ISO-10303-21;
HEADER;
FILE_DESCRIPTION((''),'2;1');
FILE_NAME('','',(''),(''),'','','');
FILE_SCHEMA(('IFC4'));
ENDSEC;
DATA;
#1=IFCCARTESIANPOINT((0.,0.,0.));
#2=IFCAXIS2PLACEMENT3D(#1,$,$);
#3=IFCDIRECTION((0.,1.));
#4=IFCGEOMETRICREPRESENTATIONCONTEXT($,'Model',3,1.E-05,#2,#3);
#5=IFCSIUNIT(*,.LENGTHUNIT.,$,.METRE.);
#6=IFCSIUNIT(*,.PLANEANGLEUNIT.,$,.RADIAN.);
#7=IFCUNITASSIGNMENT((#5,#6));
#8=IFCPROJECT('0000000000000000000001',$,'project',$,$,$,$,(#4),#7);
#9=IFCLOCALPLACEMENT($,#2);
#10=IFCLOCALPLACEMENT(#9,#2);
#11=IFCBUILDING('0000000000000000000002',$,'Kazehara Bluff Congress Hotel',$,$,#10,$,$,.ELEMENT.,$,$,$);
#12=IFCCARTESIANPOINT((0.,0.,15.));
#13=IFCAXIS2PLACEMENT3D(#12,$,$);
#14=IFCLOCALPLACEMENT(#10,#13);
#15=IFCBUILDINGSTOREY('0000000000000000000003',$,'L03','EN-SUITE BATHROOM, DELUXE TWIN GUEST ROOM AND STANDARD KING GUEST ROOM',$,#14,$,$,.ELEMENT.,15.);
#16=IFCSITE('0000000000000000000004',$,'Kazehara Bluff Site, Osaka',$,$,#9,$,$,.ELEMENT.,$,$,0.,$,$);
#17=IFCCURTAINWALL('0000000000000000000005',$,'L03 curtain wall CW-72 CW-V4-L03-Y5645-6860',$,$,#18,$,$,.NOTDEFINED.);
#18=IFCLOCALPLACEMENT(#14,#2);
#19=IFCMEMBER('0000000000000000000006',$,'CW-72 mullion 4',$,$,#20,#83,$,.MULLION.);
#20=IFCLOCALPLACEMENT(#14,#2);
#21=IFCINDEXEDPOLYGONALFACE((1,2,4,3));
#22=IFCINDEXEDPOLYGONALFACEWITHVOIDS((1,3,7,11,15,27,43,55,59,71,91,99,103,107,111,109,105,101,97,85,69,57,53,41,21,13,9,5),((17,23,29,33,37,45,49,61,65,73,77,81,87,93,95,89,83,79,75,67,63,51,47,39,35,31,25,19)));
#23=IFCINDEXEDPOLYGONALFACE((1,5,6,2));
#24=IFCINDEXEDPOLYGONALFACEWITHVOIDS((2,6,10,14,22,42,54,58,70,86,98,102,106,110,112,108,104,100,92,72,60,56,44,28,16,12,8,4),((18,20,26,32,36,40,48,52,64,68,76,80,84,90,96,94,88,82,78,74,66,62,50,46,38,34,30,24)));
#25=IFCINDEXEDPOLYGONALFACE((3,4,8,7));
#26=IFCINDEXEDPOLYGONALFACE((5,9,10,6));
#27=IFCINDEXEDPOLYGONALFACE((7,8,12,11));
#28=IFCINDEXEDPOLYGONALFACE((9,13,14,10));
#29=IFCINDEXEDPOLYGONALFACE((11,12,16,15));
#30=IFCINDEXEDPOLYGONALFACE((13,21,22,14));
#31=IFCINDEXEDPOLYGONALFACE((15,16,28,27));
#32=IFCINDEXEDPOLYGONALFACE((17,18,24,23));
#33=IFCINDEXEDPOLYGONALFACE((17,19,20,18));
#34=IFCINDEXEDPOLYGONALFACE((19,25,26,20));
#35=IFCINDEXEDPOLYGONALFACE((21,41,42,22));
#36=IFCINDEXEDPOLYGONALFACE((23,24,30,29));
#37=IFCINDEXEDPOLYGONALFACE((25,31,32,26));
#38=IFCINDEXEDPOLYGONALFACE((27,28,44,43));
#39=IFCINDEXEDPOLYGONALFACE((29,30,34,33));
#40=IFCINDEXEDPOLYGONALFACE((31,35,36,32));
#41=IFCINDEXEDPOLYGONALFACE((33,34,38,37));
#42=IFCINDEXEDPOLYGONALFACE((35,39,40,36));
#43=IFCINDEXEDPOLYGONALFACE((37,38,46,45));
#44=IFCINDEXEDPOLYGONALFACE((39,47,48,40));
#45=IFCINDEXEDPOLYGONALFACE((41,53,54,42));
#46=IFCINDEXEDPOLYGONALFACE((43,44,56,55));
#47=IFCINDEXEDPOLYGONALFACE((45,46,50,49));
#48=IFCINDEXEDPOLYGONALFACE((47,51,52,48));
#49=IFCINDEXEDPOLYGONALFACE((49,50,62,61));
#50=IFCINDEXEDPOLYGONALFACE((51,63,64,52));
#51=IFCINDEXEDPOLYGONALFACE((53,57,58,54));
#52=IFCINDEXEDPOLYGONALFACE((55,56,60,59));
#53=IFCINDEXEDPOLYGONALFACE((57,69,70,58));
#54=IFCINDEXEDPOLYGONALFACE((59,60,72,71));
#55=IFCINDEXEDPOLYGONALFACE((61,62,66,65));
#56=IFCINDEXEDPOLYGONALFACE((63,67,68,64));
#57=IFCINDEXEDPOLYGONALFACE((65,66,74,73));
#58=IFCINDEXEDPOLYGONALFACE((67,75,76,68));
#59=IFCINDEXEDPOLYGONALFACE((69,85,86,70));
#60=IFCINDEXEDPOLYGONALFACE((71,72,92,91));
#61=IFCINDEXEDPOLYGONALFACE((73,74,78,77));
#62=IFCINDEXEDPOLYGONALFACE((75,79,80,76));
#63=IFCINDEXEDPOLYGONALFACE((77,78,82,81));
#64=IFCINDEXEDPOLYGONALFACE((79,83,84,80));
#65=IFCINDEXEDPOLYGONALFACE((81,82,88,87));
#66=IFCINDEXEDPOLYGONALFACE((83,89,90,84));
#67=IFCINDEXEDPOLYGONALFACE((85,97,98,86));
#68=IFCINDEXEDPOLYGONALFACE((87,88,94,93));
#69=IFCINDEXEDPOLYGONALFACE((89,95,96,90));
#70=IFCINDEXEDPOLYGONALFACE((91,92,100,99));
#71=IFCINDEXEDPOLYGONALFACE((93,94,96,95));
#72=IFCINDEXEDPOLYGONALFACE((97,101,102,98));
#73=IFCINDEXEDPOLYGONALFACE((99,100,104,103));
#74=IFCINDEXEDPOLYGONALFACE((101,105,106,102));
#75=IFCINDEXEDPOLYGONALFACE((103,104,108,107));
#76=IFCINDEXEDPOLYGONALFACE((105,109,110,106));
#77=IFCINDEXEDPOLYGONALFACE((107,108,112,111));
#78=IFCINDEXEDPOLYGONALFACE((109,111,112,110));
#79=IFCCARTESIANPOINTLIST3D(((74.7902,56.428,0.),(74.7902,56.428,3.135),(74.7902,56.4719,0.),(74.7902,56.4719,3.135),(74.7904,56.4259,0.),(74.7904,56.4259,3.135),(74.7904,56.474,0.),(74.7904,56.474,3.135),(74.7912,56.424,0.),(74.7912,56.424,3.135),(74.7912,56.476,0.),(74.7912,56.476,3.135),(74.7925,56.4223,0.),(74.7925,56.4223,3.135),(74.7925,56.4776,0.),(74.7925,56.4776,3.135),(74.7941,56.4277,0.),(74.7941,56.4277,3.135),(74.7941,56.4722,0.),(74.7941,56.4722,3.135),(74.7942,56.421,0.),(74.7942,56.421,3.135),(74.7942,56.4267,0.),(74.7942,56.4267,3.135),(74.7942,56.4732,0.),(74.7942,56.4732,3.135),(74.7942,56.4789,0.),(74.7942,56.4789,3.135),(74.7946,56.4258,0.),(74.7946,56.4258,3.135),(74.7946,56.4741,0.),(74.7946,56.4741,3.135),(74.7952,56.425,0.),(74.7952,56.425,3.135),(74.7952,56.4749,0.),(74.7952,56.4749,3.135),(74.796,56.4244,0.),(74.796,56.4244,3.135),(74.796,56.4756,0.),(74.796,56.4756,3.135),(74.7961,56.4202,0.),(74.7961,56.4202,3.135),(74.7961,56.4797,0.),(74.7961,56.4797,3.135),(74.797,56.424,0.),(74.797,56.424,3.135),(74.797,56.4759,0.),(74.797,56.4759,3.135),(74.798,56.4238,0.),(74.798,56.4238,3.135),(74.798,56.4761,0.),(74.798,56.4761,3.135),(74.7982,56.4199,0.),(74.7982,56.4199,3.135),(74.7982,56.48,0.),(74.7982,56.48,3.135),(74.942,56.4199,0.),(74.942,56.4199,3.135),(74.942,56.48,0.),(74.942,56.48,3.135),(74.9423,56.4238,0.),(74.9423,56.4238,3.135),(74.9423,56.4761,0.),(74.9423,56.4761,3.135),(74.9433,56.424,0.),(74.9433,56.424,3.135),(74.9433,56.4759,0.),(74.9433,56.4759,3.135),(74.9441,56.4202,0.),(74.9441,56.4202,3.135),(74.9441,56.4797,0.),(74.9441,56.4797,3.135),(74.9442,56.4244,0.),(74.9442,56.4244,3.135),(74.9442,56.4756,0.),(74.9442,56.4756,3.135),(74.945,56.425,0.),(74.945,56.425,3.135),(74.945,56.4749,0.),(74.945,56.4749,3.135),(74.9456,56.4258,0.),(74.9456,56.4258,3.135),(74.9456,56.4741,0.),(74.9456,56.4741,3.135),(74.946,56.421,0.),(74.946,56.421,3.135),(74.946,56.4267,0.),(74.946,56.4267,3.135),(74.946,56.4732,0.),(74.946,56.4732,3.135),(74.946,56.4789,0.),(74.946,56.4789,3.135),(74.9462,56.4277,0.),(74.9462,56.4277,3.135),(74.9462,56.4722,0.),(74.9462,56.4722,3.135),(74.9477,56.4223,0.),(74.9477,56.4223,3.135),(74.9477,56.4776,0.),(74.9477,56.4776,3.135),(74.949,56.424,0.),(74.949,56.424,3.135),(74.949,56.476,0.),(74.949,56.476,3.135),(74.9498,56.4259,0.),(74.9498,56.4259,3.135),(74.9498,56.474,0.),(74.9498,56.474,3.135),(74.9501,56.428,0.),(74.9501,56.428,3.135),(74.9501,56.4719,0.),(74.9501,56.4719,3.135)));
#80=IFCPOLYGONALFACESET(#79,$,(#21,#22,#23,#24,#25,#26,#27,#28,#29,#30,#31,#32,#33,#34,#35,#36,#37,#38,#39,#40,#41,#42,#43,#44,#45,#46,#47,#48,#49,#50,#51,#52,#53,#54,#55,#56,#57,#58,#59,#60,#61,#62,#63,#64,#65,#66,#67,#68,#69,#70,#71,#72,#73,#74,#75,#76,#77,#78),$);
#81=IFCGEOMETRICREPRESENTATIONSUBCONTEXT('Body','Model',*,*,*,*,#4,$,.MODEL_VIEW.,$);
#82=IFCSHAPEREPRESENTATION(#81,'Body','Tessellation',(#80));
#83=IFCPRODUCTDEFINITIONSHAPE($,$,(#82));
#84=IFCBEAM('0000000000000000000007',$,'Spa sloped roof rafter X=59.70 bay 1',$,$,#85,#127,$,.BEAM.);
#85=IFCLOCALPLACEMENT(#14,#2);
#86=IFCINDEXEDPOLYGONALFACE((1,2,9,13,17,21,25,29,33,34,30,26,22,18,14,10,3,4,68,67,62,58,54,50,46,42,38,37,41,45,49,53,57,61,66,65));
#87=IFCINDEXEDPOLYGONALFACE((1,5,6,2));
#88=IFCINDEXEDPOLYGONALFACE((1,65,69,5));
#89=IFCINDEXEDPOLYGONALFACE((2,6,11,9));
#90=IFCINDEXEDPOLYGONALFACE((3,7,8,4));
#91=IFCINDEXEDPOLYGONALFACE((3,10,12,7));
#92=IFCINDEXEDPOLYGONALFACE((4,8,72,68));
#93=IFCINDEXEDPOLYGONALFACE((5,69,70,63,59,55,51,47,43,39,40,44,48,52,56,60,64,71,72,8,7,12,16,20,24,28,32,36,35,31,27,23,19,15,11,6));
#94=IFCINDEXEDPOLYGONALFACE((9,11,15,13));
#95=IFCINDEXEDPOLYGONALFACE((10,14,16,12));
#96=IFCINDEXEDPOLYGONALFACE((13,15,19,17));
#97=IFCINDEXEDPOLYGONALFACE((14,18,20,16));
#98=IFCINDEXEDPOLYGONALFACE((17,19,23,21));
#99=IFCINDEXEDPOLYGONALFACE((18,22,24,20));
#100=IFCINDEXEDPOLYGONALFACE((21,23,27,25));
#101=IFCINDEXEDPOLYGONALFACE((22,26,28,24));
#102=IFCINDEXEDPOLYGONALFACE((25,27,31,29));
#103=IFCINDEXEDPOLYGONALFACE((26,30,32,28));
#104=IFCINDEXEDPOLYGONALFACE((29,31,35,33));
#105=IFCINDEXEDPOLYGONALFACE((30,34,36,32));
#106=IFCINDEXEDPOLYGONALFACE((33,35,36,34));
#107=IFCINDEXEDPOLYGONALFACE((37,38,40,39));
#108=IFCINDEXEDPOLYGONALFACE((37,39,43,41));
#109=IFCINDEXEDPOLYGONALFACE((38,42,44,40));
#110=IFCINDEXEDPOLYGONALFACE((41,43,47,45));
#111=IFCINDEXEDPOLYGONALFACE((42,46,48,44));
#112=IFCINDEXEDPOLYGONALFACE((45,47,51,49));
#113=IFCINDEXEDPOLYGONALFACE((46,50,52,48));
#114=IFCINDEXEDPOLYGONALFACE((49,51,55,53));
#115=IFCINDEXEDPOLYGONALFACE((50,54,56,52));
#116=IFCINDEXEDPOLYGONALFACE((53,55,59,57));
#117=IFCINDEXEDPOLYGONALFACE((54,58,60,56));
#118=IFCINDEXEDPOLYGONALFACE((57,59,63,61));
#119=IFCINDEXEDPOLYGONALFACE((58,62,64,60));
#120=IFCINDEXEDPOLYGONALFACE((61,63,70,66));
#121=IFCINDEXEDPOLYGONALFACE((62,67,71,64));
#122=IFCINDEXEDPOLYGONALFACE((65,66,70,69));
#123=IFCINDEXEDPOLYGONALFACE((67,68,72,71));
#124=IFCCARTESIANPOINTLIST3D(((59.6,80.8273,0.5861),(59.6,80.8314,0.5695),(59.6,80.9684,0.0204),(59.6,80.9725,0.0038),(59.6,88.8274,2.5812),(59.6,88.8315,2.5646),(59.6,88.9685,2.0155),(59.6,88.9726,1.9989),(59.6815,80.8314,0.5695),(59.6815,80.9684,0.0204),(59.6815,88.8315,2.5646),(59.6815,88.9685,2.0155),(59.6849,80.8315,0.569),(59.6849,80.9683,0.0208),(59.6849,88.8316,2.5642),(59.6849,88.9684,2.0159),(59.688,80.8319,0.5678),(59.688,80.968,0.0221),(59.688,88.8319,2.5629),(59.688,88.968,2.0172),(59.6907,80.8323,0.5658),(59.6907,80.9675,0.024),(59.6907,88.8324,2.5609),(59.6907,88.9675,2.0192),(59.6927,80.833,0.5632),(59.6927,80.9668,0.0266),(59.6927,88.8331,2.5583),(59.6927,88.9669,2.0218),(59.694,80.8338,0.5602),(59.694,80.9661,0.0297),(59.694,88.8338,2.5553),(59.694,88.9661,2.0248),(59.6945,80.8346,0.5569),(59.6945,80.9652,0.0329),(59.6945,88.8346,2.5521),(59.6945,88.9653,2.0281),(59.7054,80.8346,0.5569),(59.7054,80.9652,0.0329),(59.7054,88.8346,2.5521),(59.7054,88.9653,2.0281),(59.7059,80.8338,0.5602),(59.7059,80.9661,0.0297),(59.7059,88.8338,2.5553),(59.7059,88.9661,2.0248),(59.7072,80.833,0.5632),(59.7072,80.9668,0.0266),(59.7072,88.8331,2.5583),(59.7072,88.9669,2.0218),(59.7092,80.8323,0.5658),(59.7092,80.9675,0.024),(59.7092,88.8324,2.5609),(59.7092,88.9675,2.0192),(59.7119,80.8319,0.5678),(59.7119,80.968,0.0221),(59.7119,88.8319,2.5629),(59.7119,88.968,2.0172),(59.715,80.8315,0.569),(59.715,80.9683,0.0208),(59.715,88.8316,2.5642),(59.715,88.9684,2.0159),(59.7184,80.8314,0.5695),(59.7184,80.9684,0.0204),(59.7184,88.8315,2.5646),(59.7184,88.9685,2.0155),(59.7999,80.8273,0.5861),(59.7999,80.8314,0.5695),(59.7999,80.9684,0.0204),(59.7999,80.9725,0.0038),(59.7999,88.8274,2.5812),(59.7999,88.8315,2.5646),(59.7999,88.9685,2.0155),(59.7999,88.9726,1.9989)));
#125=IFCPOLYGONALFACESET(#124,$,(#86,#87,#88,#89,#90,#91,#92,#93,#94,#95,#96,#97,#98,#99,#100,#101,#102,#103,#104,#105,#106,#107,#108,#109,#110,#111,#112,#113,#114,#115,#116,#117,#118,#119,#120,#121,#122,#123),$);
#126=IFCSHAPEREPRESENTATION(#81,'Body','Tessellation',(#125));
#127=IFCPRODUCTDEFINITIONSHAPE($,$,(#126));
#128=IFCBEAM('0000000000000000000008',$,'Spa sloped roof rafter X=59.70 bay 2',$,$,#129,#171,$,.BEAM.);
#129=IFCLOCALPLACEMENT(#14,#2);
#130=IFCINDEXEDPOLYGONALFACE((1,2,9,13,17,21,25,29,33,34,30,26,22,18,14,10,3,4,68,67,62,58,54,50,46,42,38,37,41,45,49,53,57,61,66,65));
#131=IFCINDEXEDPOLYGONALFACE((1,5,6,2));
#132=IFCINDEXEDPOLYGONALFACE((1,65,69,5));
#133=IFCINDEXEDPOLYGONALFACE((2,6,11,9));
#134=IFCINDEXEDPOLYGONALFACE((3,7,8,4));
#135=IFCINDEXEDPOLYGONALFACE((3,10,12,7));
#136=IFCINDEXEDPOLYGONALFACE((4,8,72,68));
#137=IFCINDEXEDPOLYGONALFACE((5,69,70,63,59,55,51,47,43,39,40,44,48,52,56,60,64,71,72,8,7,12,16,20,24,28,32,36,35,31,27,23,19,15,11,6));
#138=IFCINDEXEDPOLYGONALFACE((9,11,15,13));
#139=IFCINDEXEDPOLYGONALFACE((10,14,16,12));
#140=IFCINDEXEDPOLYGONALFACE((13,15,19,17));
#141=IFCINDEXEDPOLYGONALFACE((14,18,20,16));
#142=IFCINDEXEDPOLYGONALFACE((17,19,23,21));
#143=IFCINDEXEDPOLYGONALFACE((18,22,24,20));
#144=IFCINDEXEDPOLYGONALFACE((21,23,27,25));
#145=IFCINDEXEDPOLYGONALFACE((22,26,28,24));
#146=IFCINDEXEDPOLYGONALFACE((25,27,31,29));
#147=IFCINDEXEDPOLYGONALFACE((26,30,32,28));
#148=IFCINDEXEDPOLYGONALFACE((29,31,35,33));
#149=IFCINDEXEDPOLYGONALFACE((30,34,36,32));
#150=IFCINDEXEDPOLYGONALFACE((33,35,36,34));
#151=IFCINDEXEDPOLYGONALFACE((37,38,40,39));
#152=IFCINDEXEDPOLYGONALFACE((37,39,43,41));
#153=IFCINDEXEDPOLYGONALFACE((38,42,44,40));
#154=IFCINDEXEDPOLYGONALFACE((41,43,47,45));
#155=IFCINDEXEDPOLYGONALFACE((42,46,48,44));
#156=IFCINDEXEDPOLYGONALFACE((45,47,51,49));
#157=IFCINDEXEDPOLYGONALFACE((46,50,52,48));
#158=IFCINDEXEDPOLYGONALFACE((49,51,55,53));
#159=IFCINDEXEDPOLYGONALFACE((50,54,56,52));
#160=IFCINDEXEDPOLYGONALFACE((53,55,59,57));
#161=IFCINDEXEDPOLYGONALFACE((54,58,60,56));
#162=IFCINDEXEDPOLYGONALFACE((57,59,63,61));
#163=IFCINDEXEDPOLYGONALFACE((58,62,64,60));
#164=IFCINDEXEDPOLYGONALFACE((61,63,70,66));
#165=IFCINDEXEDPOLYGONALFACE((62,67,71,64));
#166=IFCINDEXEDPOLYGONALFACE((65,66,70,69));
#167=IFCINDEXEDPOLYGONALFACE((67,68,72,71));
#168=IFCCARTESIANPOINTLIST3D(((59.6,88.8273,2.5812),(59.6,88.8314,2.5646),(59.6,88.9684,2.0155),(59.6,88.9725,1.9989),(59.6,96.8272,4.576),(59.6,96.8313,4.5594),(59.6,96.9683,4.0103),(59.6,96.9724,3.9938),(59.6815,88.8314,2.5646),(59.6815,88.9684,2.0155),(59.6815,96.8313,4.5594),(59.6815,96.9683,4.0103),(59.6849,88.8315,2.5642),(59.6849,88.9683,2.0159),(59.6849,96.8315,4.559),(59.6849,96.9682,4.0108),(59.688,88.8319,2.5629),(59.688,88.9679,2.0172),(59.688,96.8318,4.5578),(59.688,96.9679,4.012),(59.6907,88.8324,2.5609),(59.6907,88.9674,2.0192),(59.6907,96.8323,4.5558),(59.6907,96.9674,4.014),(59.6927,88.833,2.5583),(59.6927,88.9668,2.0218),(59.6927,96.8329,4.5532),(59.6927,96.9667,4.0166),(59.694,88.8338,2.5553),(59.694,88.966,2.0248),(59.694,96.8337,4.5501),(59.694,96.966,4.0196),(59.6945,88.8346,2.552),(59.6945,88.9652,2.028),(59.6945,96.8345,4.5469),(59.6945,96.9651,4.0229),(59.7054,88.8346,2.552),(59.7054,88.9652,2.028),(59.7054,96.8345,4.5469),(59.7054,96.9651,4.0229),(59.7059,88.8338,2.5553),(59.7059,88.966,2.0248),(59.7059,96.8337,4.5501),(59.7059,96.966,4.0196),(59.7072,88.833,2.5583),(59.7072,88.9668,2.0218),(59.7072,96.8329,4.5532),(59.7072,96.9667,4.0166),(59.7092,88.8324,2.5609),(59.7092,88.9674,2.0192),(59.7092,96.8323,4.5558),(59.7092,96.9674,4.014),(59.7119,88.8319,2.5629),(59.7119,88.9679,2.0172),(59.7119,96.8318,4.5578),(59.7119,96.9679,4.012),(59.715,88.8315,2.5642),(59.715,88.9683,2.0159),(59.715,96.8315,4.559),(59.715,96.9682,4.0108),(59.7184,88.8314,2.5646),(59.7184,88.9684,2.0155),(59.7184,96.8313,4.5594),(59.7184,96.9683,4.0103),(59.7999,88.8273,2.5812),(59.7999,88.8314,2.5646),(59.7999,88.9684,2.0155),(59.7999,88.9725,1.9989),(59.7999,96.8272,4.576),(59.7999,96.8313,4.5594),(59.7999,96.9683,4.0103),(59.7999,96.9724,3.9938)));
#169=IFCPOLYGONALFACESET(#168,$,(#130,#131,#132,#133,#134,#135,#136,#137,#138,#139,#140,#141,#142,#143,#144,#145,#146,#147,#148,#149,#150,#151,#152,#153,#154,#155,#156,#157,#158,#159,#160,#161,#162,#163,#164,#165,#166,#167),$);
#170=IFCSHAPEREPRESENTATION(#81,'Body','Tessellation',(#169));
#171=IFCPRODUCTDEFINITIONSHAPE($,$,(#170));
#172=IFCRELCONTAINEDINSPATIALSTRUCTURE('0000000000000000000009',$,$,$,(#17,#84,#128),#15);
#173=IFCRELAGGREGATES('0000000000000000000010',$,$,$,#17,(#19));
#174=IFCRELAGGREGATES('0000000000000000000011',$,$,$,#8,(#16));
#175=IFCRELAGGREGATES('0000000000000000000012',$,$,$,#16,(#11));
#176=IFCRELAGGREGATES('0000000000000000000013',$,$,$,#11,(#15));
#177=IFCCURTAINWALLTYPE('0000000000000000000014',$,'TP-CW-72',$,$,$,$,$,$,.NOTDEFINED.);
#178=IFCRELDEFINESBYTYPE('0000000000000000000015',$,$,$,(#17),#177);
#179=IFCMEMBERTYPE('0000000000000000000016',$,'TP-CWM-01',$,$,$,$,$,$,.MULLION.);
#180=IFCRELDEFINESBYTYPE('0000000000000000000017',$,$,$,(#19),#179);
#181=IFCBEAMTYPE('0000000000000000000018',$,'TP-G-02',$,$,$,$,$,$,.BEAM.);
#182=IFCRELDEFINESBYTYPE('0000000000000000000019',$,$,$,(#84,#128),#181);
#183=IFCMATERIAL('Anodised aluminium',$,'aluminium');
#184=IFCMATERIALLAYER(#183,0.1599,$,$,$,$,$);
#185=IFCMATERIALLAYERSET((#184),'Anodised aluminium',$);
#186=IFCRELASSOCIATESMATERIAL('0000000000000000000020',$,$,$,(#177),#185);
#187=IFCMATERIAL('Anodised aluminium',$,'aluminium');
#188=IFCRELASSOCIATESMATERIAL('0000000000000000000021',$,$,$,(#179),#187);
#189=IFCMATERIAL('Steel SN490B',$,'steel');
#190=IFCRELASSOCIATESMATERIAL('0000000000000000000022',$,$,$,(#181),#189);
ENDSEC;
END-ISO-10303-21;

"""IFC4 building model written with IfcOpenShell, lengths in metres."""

from ifc_helpers import new_model, si_unit, direction, frame, origin, origin_2d, place, context, subcontext, project, spatial, hollow_rectangle, i_section, extrude, material, layer, layer_set, material_profile, profile_set, type_object, element, aggregate, save


model = new_model("IFC4")

# Units and contexts
model_context = context("Model", 3, precision=1e-05, world=origin(), true_north=direction((0.0, 1.0)))
body_context = subcontext(model_context, "Body", "Model", "MODEL_VIEW")
ifc_project = project(units=[si_unit("LENGTHUNIT", "METRE"), si_unit("PLANEANGLEUNIT", "RADIAN")], contexts=[model_context])

# Site, building, storey
site_placement = place(None, origin())
site = spatial("IfcSite", under=ifc_project, at=site_placement, Name="Kazehara Bluff Site, Osaka", CompositionType="ELEMENT", RefElevation=0.0)
building_placement = place(site_placement, origin())
building = spatial("IfcBuilding", under=site, at=building_placement, Name="Kazehara Bluff Congress Hotel", CompositionType="ELEMENT")
storey_placement = place(building_placement, frame((0.0, 0.0, 15.0)))
storey = spatial("IfcBuildingStorey", under=building, at=storey_placement, Name="L03", Description="EN-SUITE BATHROOM, DELUXE TWIN GUEST ROOM AND STANDARD KING GUEST ROOM", CompositionType="ELEMENT", Elevation=15.0)

# Curtain wall, member
ifc_material_1 = material(Name="Anodised aluminium", Category="aluminium")
ifc_layer_1 = layer(ifc_material_1, 0.1599)
ifc_layer_set_1 = layer_set([ifc_layer_1], Name="Anodised aluminium")
curtain_wall_type = type_object("IfcCurtainWallType", Name="TP-CW-72", PredefinedType="NOTDEFINED", material=ifc_layer_set_1)
curtain_wall_placement = place(storey_placement, origin())
curtain_wall = element("IfcCurtainWall", 1, at=curtain_wall_placement, inside=storey, type_object=curtain_wall_type, Name="L03 curtain wall CW-72 CW-V4-L03-Y5645-6860", PredefinedType="NOTDEFINED")
ifc_material_2 = material(Name="Anodised aluminium", Category="aluminium")
ifc_material_profile_1 = material_profile(ifc_material_2, hollow_rectangle(XDim=0.0601, YDim=0.1599, WallThickness=0.0039, InnerFilletRadius=0.0039, OuterFilletRadius=0.0081, at=origin_2d()))
ifc_profile_set_1 = profile_set([ifc_material_profile_1], Name="Anodised aluminium")
member_type = type_object("IfcMemberType", Name="TP-CWM-01", PredefinedType="MULLION", material=ifc_profile_set_1)
member_placement = place(storey_placement, frame((74.8701, 56.45, 0.0), z_axis=(0.0, 0.0, 1.0), x_axis=(0.0, 1.0, 0.0)))
member = element("IfcMember", 2, at=member_placement, type_object=member_type, Name="CW-72 mullion 4", PredefinedType="MULLION", context=body_context, shape_type="SweptSolid", body=[
    extrude(hollow_rectangle(XDim=0.0601, YDim=0.1599, WallThickness=0.0039, InnerFilletRadius=0.0039, OuterFilletRadius=0.0081, at=origin_2d()), origin(), (0.0, 0.0, 1.0), 3.135),
])

# Beams
ifc_material_3 = material(Name="Steel SN490B", Category="steel")
ifc_material_profile_2 = material_profile(ifc_material_3, i_section(OverallWidth=0.2, OverallDepth=0.6001, WebThickness=0.011, FlangeThickness=0.0171, FilletRadius=0.0129, at=origin_2d()))
ifc_profile_set_2 = profile_set([ifc_material_profile_2], Name="Steel SN490B")
beam_type_1 = type_object("IfcBeamType", Name="TP-G-02", PredefinedType="BEAM", material=ifc_profile_set_2)
beam_1_placement = place(storey_placement, frame((59.7, 80.8999, 0.2949), z_axis=(0.0, 0.970282, 0.241978), x_axis=(-1.0, 0.0, 0.0)))
element("IfcBeam", 3, at=beam_1_placement, inside=storey, type_object=beam_type_1, Name="Spa sloped roof rafter X=59.70 bay 1", PredefinedType="BEAM", context=body_context, shape_type="SweptSolid", body=[
    extrude(i_section(OverallWidth=0.2, OverallDepth=0.6001, WebThickness=0.011, FlangeThickness=0.0171, FilletRadius=0.0129, at=origin_2d()), origin(), (0.0, 0.0, 1.0), 8.2451),
])
beam_2_placement = place(storey_placement, frame((59.7, 88.8999, 2.29), z_axis=(0.0, 0.970289, 0.24195), x_axis=(-1.0, 0.0, 0.0)))
element("IfcBeam", 4, at=beam_2_placement, inside=storey, type_object=beam_type_1, Name="Spa sloped roof rafter X=59.70 bay 2", PredefinedType="BEAM", context=body_context, shape_type="SweptSolid", body=[
    extrude(i_section(OverallWidth=0.2, OverallDepth=0.6001, WebThickness=0.011, FlangeThickness=0.0171, FilletRadius=0.0129, at=origin_2d()), origin(), (0.0, 0.0, 1.0), 8.2449),
])

aggregate(curtain_wall, [member])

save(model, "model.ifc")
